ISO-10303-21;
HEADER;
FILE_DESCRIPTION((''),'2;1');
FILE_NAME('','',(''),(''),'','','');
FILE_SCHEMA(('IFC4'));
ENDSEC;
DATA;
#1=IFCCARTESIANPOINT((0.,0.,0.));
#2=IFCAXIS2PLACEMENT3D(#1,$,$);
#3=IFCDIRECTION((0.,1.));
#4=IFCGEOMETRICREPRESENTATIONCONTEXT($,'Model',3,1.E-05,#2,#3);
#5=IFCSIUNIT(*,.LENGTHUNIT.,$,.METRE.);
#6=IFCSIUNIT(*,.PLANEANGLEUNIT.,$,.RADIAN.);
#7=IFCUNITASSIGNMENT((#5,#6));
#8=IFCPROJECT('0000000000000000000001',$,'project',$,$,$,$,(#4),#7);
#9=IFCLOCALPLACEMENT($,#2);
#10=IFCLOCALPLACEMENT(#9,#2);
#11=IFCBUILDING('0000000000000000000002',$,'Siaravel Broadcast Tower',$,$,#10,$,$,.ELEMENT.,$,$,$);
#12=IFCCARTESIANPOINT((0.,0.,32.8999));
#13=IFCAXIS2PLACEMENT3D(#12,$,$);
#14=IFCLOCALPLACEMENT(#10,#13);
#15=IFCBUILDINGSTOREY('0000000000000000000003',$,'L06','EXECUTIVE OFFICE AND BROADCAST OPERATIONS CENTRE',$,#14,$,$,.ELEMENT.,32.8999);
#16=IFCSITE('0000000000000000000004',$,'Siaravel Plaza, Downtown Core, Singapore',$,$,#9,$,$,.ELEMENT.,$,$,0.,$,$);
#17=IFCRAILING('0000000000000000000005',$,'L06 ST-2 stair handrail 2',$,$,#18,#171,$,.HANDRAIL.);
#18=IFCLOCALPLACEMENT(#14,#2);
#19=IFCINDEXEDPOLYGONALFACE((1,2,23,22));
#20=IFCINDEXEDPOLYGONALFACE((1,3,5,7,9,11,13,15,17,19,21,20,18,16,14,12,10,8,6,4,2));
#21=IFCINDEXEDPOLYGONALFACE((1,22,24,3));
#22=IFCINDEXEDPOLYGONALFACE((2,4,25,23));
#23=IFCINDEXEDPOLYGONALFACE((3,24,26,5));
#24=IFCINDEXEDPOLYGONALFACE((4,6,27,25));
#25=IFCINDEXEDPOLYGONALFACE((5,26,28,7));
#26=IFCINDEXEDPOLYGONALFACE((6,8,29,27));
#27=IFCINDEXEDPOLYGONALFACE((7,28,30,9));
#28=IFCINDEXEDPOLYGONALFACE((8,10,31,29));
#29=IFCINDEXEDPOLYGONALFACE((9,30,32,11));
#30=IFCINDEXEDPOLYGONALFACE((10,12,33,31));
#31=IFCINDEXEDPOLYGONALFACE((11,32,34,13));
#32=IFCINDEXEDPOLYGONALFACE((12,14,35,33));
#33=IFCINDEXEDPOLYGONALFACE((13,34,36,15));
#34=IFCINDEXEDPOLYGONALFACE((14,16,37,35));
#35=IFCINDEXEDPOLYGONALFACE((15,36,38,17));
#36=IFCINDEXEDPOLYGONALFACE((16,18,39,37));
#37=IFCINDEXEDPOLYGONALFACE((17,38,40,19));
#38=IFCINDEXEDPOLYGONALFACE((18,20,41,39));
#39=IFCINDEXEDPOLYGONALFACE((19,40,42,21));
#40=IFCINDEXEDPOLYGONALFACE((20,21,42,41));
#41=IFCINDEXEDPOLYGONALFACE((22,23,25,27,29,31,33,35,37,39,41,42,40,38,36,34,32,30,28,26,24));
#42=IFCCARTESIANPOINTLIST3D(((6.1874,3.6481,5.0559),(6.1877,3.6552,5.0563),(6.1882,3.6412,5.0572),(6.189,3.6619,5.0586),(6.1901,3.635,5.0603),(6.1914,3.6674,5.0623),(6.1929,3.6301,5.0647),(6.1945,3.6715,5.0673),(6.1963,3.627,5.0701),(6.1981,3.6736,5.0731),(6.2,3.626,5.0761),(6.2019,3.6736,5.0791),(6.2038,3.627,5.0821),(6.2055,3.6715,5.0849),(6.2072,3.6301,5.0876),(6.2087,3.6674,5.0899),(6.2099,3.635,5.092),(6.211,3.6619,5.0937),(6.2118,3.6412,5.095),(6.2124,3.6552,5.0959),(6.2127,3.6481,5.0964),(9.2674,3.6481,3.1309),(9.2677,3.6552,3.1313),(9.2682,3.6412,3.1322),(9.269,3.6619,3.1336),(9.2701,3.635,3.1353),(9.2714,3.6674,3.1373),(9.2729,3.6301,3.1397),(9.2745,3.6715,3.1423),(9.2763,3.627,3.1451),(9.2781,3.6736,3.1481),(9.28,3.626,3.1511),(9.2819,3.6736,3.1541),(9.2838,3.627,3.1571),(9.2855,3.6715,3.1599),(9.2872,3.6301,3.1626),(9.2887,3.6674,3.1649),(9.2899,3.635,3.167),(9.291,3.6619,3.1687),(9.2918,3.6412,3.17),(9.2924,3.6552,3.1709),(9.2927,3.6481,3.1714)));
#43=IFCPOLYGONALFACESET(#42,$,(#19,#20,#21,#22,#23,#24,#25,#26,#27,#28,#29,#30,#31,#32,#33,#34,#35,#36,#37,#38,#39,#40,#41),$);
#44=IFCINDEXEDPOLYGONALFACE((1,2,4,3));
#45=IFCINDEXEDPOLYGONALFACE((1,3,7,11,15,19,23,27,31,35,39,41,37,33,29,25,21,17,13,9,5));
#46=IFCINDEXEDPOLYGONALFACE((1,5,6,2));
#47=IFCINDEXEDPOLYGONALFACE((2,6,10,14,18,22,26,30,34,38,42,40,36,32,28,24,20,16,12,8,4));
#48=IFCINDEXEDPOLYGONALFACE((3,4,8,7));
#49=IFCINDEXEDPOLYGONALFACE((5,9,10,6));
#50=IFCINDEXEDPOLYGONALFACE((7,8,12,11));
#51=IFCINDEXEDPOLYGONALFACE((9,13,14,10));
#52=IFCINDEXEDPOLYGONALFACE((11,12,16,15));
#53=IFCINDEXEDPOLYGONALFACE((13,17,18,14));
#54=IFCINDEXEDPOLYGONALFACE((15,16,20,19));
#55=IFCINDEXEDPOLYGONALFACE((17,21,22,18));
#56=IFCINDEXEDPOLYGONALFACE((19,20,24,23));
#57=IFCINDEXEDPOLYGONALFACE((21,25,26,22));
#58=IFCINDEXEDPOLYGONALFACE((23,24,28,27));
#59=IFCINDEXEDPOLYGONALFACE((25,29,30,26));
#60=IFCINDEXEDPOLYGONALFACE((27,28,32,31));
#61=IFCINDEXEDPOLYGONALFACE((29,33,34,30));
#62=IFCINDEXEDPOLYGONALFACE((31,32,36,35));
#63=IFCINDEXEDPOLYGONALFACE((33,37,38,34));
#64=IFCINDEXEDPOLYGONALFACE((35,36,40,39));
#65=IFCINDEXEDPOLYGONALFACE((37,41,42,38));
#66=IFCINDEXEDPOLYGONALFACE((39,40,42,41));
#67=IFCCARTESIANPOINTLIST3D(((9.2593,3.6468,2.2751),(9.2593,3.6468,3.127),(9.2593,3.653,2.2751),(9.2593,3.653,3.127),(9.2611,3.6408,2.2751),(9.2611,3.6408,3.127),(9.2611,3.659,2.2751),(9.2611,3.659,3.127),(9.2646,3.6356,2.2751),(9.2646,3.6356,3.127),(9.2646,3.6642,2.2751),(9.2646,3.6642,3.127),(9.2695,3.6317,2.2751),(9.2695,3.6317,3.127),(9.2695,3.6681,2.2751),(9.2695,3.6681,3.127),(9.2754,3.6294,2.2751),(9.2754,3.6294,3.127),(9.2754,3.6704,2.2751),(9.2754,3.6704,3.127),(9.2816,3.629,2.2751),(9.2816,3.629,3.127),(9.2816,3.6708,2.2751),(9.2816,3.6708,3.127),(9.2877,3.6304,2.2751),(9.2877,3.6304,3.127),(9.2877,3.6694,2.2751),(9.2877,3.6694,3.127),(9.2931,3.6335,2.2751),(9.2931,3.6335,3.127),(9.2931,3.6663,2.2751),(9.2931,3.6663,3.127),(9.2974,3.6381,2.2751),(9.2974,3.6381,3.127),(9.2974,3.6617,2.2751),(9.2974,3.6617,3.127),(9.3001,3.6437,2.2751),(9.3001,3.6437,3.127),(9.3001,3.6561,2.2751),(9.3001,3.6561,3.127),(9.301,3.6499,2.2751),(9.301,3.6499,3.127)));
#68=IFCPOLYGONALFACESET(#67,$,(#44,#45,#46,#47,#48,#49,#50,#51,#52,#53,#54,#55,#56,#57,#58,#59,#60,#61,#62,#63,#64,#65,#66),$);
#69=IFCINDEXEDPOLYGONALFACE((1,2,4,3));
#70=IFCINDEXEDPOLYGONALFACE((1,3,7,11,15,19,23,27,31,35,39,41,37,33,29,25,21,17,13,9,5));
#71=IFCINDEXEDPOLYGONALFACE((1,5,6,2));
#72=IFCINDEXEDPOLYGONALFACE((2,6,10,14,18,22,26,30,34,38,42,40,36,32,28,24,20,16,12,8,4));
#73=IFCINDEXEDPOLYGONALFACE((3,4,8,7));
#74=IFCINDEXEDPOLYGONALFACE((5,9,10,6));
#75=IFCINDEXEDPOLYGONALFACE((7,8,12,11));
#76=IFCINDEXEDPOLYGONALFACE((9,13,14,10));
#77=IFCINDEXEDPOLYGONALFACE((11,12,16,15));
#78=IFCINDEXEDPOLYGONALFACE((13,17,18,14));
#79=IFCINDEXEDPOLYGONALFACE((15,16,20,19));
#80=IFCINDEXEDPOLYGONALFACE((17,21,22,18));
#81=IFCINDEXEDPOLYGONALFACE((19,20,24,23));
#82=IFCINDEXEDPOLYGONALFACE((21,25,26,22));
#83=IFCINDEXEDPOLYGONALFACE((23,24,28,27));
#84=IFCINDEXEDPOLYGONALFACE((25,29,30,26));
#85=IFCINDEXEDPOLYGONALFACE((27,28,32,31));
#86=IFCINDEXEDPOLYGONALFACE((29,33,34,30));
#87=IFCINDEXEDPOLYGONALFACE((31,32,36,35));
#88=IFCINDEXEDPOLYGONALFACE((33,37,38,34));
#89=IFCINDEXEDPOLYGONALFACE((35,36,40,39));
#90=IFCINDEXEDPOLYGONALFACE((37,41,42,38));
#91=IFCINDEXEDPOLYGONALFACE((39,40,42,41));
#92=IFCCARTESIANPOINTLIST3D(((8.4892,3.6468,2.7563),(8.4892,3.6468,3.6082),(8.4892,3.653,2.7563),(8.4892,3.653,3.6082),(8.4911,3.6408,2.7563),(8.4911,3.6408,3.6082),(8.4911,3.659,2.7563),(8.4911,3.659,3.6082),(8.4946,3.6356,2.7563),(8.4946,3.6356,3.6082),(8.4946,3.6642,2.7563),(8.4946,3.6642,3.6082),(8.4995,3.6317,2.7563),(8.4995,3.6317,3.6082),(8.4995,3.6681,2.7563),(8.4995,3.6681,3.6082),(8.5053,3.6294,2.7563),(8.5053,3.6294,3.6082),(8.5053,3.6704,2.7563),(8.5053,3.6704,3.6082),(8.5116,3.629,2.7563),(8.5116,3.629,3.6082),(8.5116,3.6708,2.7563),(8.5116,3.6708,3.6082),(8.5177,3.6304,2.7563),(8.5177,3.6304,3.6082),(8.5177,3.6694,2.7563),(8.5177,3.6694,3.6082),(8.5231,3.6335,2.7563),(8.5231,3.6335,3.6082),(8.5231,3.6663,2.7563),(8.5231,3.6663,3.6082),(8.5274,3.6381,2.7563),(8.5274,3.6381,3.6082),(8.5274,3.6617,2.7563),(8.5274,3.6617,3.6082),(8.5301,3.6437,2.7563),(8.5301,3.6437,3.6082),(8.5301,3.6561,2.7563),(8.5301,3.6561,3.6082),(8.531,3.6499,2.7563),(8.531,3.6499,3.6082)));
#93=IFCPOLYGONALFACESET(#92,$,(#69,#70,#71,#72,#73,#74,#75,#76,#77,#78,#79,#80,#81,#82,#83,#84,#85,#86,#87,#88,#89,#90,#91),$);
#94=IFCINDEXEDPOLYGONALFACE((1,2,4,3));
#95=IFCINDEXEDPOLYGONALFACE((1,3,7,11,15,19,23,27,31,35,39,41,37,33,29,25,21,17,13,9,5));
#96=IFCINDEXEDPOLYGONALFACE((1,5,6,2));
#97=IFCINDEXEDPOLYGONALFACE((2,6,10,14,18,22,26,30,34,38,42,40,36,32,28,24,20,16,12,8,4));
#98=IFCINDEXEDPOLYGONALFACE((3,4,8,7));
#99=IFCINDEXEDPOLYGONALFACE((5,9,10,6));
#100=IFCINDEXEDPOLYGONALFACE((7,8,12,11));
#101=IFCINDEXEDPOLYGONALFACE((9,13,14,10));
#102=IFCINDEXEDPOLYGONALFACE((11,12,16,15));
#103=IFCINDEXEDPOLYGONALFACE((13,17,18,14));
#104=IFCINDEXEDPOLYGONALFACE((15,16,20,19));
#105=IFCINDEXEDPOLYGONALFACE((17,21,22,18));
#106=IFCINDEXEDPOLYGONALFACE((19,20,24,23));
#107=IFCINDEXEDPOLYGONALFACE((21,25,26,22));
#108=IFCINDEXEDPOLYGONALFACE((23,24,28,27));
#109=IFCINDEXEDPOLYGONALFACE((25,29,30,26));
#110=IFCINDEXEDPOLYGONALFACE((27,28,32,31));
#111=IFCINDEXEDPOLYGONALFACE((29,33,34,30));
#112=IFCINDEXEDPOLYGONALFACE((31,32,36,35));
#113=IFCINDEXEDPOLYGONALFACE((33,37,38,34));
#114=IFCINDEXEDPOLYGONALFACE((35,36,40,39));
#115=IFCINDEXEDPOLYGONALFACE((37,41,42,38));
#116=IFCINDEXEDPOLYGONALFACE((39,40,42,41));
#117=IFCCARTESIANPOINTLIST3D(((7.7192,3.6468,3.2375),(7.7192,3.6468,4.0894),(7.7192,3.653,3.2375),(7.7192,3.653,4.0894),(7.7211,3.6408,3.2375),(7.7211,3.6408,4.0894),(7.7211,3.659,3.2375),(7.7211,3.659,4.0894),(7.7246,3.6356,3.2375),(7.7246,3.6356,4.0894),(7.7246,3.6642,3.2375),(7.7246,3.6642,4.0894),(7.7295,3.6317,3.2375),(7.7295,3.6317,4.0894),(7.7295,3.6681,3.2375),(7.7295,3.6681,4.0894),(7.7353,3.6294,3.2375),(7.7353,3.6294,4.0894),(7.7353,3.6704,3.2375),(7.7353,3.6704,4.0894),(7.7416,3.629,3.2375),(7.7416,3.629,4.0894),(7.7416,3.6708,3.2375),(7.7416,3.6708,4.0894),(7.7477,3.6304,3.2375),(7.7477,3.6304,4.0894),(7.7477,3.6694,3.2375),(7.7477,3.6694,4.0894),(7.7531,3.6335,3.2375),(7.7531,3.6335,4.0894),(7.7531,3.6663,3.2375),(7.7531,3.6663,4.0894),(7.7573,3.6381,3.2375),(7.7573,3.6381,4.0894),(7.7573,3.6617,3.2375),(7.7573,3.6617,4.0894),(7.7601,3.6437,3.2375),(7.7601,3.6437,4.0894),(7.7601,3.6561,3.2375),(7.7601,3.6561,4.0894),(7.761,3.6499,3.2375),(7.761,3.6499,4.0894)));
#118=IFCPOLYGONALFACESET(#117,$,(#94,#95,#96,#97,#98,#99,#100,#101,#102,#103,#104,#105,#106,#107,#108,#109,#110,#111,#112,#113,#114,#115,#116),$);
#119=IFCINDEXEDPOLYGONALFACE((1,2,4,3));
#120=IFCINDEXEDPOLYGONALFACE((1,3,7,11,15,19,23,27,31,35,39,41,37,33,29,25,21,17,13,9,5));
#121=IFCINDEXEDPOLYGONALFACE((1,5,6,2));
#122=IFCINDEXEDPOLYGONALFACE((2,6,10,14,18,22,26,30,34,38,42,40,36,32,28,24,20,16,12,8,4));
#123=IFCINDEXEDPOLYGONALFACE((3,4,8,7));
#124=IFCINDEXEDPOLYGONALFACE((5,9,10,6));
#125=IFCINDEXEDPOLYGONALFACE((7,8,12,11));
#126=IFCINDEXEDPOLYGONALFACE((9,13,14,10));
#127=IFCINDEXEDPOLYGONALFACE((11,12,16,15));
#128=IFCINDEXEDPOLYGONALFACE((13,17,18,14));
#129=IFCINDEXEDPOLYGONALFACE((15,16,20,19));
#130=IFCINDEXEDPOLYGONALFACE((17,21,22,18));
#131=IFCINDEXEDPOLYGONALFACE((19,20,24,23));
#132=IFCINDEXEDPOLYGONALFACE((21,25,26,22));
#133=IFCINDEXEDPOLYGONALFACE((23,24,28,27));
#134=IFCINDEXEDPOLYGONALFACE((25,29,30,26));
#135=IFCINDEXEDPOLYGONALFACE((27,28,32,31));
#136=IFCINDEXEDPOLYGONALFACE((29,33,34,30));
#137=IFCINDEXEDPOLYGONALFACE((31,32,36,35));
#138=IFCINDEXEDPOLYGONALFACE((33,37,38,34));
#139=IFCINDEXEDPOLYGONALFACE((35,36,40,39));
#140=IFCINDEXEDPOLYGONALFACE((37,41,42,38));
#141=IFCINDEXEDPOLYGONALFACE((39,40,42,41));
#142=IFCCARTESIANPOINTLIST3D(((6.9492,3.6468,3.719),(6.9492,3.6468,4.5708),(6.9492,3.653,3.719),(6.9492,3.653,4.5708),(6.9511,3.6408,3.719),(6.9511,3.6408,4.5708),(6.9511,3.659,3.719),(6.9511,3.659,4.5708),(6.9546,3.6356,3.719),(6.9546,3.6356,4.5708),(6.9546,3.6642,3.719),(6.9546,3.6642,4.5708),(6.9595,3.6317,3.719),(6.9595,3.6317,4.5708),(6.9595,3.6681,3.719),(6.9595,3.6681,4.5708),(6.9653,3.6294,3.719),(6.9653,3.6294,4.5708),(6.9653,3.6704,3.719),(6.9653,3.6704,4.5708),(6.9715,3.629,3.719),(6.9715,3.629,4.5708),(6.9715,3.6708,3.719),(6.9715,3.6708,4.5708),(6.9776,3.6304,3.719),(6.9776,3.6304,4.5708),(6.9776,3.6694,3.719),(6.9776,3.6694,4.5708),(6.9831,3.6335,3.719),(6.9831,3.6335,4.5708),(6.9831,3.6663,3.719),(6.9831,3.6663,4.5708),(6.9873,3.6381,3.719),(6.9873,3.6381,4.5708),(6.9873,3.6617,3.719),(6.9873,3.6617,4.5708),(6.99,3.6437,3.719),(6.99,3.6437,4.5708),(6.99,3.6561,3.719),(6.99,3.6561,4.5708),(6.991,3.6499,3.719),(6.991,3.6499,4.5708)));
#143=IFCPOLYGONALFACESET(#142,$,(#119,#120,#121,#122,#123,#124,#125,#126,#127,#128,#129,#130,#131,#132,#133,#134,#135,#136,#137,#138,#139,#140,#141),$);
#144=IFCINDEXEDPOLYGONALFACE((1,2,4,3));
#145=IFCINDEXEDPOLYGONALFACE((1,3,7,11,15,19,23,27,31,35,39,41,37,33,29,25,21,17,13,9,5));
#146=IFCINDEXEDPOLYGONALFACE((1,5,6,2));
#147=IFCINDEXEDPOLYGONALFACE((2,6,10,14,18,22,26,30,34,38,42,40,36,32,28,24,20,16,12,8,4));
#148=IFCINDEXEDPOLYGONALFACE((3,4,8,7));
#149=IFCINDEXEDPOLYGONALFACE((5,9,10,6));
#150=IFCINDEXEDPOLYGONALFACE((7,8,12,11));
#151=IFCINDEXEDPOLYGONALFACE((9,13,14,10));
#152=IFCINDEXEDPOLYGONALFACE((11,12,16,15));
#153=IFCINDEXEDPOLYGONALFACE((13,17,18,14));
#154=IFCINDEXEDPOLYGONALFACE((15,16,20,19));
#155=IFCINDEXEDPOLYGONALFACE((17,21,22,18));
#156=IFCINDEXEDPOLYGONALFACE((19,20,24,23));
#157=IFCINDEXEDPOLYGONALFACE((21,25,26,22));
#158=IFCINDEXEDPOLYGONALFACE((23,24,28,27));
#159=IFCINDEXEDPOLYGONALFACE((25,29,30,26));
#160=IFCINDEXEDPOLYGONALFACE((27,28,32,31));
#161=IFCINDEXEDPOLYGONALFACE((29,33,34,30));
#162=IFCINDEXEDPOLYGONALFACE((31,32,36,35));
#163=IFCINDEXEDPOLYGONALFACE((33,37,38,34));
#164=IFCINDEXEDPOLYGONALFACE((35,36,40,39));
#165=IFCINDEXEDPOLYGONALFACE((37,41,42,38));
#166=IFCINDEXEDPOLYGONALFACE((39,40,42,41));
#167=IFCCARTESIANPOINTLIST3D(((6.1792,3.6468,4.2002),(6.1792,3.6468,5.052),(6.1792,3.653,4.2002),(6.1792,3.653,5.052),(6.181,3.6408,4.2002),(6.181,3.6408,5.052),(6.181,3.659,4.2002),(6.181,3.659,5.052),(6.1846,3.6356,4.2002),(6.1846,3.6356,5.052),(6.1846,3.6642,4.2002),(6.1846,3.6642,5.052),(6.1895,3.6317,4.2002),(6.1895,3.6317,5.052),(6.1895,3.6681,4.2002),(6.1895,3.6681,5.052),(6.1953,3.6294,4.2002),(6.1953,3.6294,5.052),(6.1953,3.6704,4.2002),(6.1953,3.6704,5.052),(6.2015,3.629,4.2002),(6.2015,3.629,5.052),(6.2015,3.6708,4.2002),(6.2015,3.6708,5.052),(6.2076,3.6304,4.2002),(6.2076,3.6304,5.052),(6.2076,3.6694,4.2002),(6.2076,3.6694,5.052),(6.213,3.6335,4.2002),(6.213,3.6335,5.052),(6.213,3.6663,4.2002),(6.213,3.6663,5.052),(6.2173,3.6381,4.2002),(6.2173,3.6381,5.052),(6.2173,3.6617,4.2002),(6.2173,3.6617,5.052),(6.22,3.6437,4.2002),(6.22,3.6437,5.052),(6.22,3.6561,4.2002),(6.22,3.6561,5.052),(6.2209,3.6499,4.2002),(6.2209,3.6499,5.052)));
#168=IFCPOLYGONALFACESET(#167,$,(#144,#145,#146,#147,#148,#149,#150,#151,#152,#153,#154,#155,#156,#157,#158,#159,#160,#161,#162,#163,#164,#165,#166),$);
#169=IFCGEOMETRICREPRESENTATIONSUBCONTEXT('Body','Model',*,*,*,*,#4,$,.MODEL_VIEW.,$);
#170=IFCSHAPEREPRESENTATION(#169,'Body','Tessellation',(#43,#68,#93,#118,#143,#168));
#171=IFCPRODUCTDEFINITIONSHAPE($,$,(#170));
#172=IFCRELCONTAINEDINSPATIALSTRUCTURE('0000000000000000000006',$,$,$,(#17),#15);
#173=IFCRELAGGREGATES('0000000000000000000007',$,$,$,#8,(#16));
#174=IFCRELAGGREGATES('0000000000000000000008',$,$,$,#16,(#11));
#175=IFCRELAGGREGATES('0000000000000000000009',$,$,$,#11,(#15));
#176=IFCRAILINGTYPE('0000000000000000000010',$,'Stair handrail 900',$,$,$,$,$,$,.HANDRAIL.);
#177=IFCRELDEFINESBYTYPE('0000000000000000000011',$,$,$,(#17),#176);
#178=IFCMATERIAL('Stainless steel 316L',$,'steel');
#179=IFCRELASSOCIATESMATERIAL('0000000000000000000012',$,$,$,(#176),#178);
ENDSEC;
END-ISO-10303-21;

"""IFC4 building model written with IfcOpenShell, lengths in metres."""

from ifc_helpers import new_model, si_unit, direction, frame, origin, origin_2d, place, context, subcontext, project, spatial, circle, extrude, material, type_object, element, save


model = new_model("IFC4")

# Units and contexts
model_context = context("Model", 3, precision=1e-05, world=origin(), true_north=direction((0.0, 1.0)))
body_context = subcontext(model_context, "Body", "Model", "MODEL_VIEW")
ifc_project = project(units=[si_unit("LENGTHUNIT", "METRE"), si_unit("PLANEANGLEUNIT", "RADIAN")], contexts=[model_context])

# Site, building, storey
site_placement = place(None, origin())
site = spatial("IfcSite", under=ifc_project, at=site_placement, Name="Siaravel Plaza, Downtown Core, Singapore", CompositionType="ELEMENT", RefElevation=0.0)
building_placement = place(site_placement, origin())
building = spatial("IfcBuilding", under=site, at=building_placement, Name="Siaravel Broadcast Tower", CompositionType="ELEMENT")
storey_placement = place(building_placement, frame((0.0, 0.0, 32.8999)))
storey = spatial("IfcBuildingStorey", under=building, at=storey_placement, Name="L06", Description="EXECUTIVE OFFICE AND BROADCAST OPERATIONS CENTRE", CompositionType="ELEMENT", Elevation=32.8999)

# Railing
ifc_material_1 = material(Name="Stainless steel 316L", Category="steel")
railing_type_1 = type_object("IfcRailingType", Name="Stair handrail 900", PredefinedType="HANDRAIL", material=ifc_material_1)
railing_1_placement = place(storey_placement, frame((9.28, 3.6499, 2.2751)))
element("IfcRailing", 1, at=railing_1_placement, inside=storey, type_object=railing_type_1, Name="L06 ST-2 stair handrail 2", PredefinedType="HANDRAIL", context=body_context, shape_type="SweptSolid", body=[
    extrude(circle(Radius=0.0239, at=origin_2d()), frame((0.0, 0.0, 0.876), z_axis=(-0.847998, 0.0, 0.529999), x_axis=(0.0, -1.0, 0.0)), (0.0, 0.0, 1.0), 3.6321),
    extrude(circle(Radius=0.021, at=origin_2d()), origin(), (0.0, 0.0, 1.0), 0.8518),
    extrude(circle(Radius=0.021, at=origin_2d()), frame((-0.77, 0.0, 0.4812)), (0.0, 0.0, 1.0), 0.8518),
    extrude(circle(Radius=0.021, at=origin_2d()), frame((-1.54, 0.0, 0.9624)), (0.0, 0.0, 1.0), 0.8518),
    extrude(circle(Radius=0.021, at=origin_2d()), frame((-2.3101, 0.0, 1.4438)), (0.0, 0.0, 1.0), 0.8518),
    extrude(circle(Radius=0.021, at=origin_2d()), frame((-3.0801, 0.0, 1.925)), (0.0, 0.0, 1.0), 0.8518),
])

save(model, "model.ifc")
